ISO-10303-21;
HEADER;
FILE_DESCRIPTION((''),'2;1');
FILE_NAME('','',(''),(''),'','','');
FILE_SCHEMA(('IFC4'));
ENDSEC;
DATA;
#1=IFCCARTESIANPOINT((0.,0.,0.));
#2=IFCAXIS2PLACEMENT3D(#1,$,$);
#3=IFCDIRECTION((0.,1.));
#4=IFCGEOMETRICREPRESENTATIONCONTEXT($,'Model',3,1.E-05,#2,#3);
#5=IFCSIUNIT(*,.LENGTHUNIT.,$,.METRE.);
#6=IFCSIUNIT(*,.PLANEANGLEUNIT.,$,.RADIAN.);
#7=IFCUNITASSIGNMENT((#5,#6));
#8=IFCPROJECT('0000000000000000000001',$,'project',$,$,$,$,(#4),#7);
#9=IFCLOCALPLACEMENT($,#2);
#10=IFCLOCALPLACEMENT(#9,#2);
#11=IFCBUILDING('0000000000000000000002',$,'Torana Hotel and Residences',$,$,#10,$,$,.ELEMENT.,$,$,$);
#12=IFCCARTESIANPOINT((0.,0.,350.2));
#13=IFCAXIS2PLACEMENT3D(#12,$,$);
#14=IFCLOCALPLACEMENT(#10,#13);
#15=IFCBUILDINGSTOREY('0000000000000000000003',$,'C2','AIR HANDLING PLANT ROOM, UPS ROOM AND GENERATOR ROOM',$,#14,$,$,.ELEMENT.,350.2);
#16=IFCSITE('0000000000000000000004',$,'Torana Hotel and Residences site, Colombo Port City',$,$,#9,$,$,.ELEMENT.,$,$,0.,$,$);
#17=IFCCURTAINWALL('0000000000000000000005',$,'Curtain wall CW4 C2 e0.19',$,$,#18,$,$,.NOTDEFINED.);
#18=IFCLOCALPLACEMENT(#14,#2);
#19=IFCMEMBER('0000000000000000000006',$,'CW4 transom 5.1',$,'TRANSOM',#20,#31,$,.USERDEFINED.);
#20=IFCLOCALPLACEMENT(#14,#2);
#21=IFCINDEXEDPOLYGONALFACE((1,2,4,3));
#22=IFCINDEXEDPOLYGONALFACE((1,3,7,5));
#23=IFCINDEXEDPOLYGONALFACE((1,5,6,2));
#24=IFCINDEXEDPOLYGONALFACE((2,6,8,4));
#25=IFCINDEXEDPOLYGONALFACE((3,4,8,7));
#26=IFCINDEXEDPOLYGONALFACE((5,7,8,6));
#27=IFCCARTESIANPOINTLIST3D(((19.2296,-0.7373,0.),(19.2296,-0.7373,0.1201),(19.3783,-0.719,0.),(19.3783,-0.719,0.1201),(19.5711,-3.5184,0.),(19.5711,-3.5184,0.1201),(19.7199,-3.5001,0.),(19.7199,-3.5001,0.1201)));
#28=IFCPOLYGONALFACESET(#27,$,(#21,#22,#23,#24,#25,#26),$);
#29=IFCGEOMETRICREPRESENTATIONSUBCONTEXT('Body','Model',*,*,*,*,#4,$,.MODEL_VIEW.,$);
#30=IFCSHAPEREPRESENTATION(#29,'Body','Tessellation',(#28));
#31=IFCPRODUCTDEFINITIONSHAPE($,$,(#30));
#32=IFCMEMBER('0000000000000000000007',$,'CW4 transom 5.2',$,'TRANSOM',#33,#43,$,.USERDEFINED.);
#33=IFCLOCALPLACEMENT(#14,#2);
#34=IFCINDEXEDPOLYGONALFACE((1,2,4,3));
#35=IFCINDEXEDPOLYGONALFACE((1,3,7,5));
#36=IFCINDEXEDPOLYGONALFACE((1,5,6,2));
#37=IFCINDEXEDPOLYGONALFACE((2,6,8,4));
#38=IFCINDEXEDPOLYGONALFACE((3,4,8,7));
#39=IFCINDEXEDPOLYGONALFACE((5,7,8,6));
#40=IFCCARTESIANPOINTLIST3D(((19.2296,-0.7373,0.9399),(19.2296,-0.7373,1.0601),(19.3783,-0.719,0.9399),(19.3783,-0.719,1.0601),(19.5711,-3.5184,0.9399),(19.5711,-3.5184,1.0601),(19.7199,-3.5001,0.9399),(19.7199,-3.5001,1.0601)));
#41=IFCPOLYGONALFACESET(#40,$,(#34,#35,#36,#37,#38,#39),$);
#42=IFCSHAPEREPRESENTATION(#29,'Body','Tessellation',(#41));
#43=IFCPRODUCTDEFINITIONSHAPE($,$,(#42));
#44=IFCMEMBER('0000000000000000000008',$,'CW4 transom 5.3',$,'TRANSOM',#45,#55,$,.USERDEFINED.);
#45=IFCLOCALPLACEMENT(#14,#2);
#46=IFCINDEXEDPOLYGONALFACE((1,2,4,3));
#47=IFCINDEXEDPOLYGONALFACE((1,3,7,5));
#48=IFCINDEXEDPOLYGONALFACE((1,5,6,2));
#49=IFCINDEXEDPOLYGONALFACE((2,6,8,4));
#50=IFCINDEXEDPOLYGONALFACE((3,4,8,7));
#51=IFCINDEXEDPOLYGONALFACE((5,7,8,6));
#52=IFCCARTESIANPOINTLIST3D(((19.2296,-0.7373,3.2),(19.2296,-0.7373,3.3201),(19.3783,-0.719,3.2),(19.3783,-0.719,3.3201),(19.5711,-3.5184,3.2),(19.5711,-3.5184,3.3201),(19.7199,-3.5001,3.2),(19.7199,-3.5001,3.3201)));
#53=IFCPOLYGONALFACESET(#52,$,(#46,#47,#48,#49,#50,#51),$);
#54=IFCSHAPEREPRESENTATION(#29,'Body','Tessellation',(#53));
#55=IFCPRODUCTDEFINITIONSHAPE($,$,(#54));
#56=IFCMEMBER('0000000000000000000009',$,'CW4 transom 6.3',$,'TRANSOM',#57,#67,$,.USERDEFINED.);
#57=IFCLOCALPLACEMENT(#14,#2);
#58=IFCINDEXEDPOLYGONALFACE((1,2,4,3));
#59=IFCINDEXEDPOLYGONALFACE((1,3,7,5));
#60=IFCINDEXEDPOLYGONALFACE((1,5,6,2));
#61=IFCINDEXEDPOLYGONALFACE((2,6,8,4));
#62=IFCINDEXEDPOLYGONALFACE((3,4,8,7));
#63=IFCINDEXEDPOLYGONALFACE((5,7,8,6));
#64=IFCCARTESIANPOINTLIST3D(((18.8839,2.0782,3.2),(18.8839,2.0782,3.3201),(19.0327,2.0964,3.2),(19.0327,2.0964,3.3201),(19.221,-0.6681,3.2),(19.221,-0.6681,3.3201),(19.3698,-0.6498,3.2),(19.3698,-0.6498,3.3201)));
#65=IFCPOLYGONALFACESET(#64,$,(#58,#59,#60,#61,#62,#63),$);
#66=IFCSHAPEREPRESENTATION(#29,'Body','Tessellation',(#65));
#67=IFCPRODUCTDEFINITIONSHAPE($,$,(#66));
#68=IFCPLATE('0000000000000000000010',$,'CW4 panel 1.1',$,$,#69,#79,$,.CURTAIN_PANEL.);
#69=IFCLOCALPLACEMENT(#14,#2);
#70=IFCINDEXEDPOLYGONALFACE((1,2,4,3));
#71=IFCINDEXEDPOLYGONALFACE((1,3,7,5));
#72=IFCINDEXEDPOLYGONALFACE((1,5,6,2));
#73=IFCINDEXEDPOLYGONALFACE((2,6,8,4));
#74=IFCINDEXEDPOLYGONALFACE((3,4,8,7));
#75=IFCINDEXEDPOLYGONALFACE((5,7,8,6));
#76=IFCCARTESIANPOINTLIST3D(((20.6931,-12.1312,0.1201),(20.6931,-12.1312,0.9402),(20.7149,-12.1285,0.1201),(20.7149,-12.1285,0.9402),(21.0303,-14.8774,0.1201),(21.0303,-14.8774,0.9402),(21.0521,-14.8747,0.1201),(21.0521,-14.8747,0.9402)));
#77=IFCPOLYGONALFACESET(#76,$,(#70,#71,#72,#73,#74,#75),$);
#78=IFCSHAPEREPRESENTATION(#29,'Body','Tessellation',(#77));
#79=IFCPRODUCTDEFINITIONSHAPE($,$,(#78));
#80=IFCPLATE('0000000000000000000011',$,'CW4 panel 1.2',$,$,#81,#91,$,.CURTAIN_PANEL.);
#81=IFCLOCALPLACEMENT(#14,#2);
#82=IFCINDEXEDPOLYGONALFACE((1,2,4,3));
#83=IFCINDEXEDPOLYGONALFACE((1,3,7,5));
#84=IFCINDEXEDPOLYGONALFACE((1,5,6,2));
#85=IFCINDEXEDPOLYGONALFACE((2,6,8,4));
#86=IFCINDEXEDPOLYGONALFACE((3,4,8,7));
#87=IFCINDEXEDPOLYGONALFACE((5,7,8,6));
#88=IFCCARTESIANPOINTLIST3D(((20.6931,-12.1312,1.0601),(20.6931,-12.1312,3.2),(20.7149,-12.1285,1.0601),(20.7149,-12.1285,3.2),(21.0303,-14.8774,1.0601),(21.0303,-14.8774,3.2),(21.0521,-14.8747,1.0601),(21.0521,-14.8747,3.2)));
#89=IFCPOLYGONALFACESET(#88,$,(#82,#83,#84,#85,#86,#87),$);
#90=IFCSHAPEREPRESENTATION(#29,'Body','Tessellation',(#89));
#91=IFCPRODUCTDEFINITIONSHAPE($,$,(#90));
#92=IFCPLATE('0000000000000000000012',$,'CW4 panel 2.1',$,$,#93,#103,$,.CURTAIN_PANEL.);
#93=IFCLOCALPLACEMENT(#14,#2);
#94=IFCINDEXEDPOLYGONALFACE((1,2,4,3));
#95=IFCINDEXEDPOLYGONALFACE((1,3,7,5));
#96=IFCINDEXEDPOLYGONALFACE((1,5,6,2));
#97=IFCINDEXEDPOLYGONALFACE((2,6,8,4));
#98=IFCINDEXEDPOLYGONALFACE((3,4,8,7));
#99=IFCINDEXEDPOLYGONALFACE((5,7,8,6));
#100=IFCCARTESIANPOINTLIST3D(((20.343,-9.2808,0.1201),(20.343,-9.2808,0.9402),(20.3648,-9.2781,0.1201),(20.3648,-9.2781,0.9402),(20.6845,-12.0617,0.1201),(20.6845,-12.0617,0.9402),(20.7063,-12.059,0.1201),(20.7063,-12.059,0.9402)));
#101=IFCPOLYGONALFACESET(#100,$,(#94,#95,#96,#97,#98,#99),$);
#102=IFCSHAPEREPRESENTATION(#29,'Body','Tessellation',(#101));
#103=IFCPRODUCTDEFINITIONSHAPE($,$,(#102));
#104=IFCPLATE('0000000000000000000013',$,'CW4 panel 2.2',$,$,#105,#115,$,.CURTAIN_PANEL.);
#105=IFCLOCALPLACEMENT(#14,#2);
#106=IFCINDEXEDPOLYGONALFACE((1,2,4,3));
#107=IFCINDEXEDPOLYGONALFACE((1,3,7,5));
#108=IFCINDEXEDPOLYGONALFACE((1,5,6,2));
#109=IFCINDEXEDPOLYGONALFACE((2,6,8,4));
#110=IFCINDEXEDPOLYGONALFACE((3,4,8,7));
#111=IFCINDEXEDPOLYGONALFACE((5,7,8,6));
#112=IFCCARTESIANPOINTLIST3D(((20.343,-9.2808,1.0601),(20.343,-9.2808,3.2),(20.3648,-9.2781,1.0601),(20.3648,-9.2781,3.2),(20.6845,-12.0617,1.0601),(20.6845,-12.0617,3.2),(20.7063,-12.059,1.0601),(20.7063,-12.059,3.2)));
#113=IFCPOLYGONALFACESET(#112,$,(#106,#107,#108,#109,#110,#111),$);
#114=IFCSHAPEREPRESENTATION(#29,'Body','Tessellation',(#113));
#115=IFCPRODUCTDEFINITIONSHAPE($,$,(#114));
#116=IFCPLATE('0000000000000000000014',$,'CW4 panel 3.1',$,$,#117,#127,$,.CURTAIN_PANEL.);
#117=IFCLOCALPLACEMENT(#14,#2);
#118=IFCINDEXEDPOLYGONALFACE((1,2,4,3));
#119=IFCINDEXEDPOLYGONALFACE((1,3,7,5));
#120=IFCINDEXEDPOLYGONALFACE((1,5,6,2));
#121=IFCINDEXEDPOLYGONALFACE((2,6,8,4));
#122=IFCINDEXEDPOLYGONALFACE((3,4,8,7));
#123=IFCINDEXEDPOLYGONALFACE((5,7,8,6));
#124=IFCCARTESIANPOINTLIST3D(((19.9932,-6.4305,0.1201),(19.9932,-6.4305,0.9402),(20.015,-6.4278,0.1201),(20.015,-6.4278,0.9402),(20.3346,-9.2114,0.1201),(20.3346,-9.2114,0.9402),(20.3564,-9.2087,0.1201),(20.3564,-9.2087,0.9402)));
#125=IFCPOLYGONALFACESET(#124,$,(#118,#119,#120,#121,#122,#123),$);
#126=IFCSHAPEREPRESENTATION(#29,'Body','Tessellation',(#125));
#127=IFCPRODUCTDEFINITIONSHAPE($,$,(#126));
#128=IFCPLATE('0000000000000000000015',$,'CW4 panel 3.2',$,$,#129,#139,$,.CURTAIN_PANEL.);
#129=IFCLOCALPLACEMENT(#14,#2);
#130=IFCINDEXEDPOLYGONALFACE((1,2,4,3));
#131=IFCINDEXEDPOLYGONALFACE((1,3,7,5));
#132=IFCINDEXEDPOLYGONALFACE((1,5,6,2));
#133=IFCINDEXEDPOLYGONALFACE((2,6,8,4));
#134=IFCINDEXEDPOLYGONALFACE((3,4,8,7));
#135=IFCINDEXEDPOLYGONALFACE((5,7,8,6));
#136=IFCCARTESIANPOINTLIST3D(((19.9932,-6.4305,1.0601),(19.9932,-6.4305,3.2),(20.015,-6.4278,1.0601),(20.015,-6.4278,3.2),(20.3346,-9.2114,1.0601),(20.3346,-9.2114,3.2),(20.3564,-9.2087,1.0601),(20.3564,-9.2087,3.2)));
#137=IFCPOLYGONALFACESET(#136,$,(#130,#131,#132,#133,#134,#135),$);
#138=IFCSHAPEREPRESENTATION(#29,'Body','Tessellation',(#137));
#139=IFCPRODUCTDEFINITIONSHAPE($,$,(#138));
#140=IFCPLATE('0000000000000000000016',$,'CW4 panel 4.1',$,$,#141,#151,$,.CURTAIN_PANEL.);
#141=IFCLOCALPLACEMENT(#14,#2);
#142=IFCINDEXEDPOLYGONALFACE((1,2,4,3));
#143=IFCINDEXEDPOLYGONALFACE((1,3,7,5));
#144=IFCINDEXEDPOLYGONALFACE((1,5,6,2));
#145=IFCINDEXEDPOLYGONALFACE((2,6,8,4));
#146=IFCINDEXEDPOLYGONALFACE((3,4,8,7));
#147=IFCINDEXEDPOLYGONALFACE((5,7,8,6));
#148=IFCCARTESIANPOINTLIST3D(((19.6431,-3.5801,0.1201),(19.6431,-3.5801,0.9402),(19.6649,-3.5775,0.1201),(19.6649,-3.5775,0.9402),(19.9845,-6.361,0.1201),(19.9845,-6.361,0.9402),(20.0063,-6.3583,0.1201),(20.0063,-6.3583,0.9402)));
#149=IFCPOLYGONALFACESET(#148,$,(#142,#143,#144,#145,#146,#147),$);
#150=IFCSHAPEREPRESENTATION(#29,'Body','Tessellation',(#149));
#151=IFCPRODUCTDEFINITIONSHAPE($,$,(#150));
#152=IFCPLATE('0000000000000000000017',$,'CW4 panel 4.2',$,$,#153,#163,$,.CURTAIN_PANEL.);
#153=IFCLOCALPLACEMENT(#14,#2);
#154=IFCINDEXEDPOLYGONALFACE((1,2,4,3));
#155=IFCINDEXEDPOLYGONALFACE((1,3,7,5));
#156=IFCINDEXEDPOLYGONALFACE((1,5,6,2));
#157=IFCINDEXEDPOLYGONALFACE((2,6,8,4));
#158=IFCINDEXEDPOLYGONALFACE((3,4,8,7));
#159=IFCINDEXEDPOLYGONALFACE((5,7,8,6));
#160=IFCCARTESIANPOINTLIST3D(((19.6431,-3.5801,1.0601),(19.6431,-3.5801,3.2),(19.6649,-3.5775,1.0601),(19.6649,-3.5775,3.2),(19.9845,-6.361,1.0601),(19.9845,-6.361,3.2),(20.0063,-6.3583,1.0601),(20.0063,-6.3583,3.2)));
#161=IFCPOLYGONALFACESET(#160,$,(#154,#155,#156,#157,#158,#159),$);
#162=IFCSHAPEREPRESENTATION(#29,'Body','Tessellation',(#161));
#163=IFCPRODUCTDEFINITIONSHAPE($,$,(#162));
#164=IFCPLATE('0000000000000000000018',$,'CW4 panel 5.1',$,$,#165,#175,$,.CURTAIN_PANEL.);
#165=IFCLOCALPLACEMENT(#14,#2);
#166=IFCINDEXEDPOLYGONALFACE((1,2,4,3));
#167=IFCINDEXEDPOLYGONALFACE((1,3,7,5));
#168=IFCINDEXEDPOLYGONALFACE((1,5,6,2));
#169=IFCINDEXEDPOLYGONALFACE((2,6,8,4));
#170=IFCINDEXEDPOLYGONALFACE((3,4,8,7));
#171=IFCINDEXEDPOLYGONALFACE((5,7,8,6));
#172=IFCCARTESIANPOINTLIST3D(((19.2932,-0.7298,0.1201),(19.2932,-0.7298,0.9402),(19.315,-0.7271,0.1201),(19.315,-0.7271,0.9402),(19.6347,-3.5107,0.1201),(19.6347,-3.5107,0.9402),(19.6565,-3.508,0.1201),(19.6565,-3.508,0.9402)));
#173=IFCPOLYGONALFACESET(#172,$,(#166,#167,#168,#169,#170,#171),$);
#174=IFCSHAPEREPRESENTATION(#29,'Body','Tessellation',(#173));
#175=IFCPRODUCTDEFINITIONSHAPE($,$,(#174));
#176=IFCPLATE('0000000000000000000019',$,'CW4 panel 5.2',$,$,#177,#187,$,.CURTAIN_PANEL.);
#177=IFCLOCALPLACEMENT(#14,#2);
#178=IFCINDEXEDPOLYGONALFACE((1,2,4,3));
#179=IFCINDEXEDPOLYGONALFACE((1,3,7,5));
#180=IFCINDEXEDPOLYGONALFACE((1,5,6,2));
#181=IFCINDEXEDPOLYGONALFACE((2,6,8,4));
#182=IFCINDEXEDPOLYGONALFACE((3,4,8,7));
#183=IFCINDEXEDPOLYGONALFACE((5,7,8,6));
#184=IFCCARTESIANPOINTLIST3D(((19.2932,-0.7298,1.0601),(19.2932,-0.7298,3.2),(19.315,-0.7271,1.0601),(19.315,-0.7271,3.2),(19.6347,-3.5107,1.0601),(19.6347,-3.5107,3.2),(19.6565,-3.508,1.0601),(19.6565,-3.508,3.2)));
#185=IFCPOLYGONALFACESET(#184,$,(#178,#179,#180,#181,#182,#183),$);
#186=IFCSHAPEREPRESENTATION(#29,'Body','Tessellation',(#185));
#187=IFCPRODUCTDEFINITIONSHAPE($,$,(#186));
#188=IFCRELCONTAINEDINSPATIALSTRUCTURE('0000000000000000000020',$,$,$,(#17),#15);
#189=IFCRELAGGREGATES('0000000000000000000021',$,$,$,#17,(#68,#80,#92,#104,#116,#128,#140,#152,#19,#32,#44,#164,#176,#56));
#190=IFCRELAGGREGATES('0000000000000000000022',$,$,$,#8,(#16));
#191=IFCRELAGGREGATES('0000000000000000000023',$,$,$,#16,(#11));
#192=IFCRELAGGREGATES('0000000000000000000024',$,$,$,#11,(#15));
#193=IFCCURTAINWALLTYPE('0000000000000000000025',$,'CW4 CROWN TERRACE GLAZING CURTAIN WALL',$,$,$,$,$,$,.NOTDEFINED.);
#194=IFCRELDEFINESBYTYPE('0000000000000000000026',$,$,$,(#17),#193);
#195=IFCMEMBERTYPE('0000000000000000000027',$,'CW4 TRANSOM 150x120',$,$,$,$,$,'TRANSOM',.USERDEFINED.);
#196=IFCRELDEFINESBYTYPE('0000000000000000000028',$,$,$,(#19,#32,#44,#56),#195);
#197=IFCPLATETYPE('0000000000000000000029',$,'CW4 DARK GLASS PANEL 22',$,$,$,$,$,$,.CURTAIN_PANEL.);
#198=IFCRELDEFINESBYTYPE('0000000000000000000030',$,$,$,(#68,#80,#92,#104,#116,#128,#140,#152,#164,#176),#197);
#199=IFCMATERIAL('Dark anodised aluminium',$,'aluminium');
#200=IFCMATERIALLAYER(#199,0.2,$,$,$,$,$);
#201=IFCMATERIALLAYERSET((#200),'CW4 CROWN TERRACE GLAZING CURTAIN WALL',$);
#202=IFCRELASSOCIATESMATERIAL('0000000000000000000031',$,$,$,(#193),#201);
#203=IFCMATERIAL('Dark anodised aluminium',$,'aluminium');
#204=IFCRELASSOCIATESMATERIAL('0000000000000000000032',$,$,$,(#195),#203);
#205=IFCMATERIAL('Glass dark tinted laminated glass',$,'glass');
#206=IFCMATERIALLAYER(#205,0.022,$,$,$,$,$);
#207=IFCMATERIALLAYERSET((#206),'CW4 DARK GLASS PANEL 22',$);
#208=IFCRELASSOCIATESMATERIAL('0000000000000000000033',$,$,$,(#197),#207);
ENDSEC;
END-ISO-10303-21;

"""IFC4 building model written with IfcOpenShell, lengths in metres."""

from ifc_helpers import new_model, si_unit, direction, frame, origin, origin_2d, place, context, subcontext, project, spatial, rectangle, extrude, material, layer, layer_set, material_profile, profile_set, type_object, element, aggregate, save


model = new_model("IFC4")

# Units and contexts
model_context = context("Model", 3, precision=1e-05, world=origin(), true_north=direction((0.0, 1.0)))
body_context = subcontext(model_context, "Body", "Model", "MODEL_VIEW")
ifc_project = project(units=[si_unit("LENGTHUNIT", "METRE"), si_unit("PLANEANGLEUNIT", "RADIAN")], contexts=[model_context])

# Site, building, storey
site_placement = place(None, origin())
site = spatial("IfcSite", under=ifc_project, at=site_placement, Name="Torana Hotel and Residences site, Colombo Port City", CompositionType="ELEMENT", RefElevation=0.0)
building_placement = place(site_placement, origin())
building = spatial("IfcBuilding", under=site, at=building_placement, Name="Torana Hotel and Residences", CompositionType="ELEMENT")
storey_placement = place(building_placement, frame((0.0, 0.0, 350.2)))
storey = spatial("IfcBuildingStorey", under=building, at=storey_placement, Name="C2", Description="AIR HANDLING PLANT ROOM, UPS ROOM AND GENERATOR ROOM", CompositionType="ELEMENT", Elevation=350.2)

# Curtain wall, members, plates
ifc_material_1 = material(Name="Dark anodised aluminium", Category="aluminium")
ifc_layer_1 = layer(ifc_material_1, 0.2)
ifc_layer_set_1 = layer_set([ifc_layer_1], Name="CW4 CROWN TERRACE GLAZING CURTAIN WALL")
curtain_wall_type = type_object("IfcCurtainWallType", Name="CW4 CROWN TERRACE GLAZING CURTAIN WALL", PredefinedType="NOTDEFINED", material=ifc_layer_set_1)
curtain_wall_placement = place(storey_placement, origin())
curtain_wall = element("IfcCurtainWall", 1, at=curtain_wall_placement, inside=storey, type_object=curtain_wall_type, Name="Curtain wall CW4 C2 e0.19", PredefinedType="NOTDEFINED")
ifc_material_2 = material(Name="Dark anodised aluminium", Category="aluminium")
ifc_material_profile_1 = material_profile(ifc_material_2, rectangle(XDim=0.1499, YDim=0.1201, at=origin_2d()), Name="CW4 TRANSOM 150x120")
ifc_profile_set_1 = profile_set([ifc_material_profile_1], Name="Dark anodised aluminium")
member_type_1 = type_object("IfcMemberType", Name="CW4 TRANSOM 150x120", ElementType="TRANSOM", PredefinedType="USERDEFINED", material=ifc_profile_set_1)
member_1_placement = place(storey_placement, frame((19.6455, -3.5093, 0.0601), z_axis=(-0.1219, 0.992542, 0.0), x_axis=(-0.992542, -0.1219, 0.0)))
member_1 = element("IfcMember", 2, at=member_1_placement, type_object=member_type_1, Name="CW4 transom 5.1", ObjectType="TRANSOM", PredefinedType="USERDEFINED", context=body_context, shape_type="SweptSolid", body=[
    extrude(rectangle(XDim=0.1499, YDim=0.1201, at=origin_2d()), origin(), (0.0, 0.0, 1.0), 2.802),
])
member_2_placement = place(storey_placement, frame((19.6455, -3.5093, 1.0), z_axis=(-0.1219, 0.992542, 0.0), x_axis=(-0.992542, -0.1219, 0.0)))
member_2 = element("IfcMember", 3, at=member_2_placement, type_object=member_type_1, Name="CW4 transom 5.2", ObjectType="TRANSOM", PredefinedType="USERDEFINED", context=body_context, shape_type="SweptSolid", body=[
    extrude(rectangle(XDim=0.1499, YDim=0.1201, at=origin_2d()), origin(), (0.0, 0.0, 1.0), 2.802),
])
member_3_placement = place(storey_placement, frame((19.6455, -3.5093, 3.26), z_axis=(-0.1219, 0.992542, 0.0), x_axis=(-0.992542, -0.1219, 0.0)))
member_3 = element("IfcMember", 4, at=member_3_placement, type_object=member_type_1, Name="CW4 transom 5.3", ObjectType="TRANSOM", PredefinedType="USERDEFINED", context=body_context, shape_type="SweptSolid", body=[
    extrude(rectangle(XDim=0.1499, YDim=0.1201, at=origin_2d()), origin(), (0.0, 0.0, 1.0), 2.802),
])
member_4_placement = place(storey_placement, frame((19.2954, -0.6589, 3.26), z_axis=(-0.121852, 0.992548, 0.0), x_axis=(-0.992548, -0.121852, 0.0)))
member_4 = element("IfcMember", 5, at=member_4_placement, type_object=member_type_1, Name="CW4 transom 6.3", ObjectType="TRANSOM", PredefinedType="USERDEFINED", context=body_context, shape_type="SweptSolid", body=[
    extrude(rectangle(XDim=0.1499, YDim=0.1201, at=origin_2d()), origin(), (0.0, 0.0, 1.0), 2.7668),
])
ifc_material_3 = material(Name="Glass dark tinted laminated glass", Category="glass")
ifc_layer_2 = layer(ifc_material_3, 0.022)
ifc_layer_set_2 = layer_set([ifc_layer_2], Name="CW4 DARK GLASS PANEL 22")
plate_type = type_object("IfcPlateType", Name="CW4 DARK GLASS PANEL 22", PredefinedType="CURTAIN_PANEL", material=ifc_layer_set_2)
plate_1_placement = place(storey_placement, frame((20.8726, -13.5029, 0.1201), z_axis=(0.0, 0.0, 1.0), x_axis=(-0.121869, 0.992546, 0.0)))
plate_1 = element("IfcPlate", 6, at=plate_1_placement, type_object=plate_type, Name="CW4 panel 1.1", PredefinedType="CURTAIN_PANEL", context=body_context, shape_type="SweptSolid", body=[
    extrude(rectangle(XDim=2.7668, YDim=0.022, at=origin_2d()), origin(), (0.0, 0.0, 1.0), 0.8201),
])
plate_2_placement = place(storey_placement, frame((20.8726, -13.5029, 1.0601), z_axis=(0.0, 0.0, 1.0), x_axis=(-0.121869, 0.992546, 0.0)))
plate_2 = element("IfcPlate", 7, at=plate_2_placement, type_object=plate_type, Name="CW4 panel 1.2", PredefinedType="CURTAIN_PANEL", context=body_context, shape_type="SweptSolid", body=[
    extrude(rectangle(XDim=2.7668, YDim=0.022, at=origin_2d()), origin(), (0.0, 0.0, 1.0), 2.1399),
])
plate_3_placement = place(storey_placement, frame((20.5247, -10.6699, 0.1201), z_axis=(0.0, 0.0, 1.0), x_axis=(-0.121869, 0.992546, 0.0)))
plate_3 = element("IfcPlate", 8, at=plate_3_placement, type_object=plate_type, Name="CW4 panel 2.1", PredefinedType="CURTAIN_PANEL", context=body_context, shape_type="SweptSolid", body=[
    extrude(rectangle(XDim=2.8018, YDim=0.022, at=origin_2d()), origin(), (0.0, 0.0, 1.0), 0.8201),
])
plate_4_placement = place(storey_placement, frame((20.5247, -10.6699, 1.0601), z_axis=(0.0, 0.0, 1.0), x_axis=(-0.121869, 0.992546, 0.0)))
plate_4 = element("IfcPlate", 9, at=plate_4_placement, type_object=plate_type, Name="CW4 panel 2.2", PredefinedType="CURTAIN_PANEL", context=body_context, shape_type="SweptSolid", body=[
    extrude(rectangle(XDim=2.8018, YDim=0.022, at=origin_2d()), origin(), (0.0, 0.0, 1.0), 2.1399),
])
plate_5_placement = place(storey_placement, frame((20.1748, -7.8196, 0.1201), z_axis=(0.0, 0.0, 1.0), x_axis=(-0.121869, 0.992546, 0.0)))
plate_5 = element("IfcPlate", 10, at=plate_5_placement, type_object=plate_type, Name="CW4 panel 3.1", PredefinedType="CURTAIN_PANEL", context=body_context, shape_type="SweptSolid", body=[
    extrude(rectangle(XDim=2.8018, YDim=0.022, at=origin_2d()), origin(), (0.0, 0.0, 1.0), 0.8201),
])
plate_6_placement = place(storey_placement, frame((20.1748, -7.8196, 1.0601), z_axis=(0.0, 0.0, 1.0), x_axis=(-0.121869, 0.992546, 0.0)))
plate_6 = element("IfcPlate", 11, at=plate_6_placement, type_object=plate_type, Name="CW4 panel 3.2", PredefinedType="CURTAIN_PANEL", context=body_context, shape_type="SweptSolid", body=[
    extrude(rectangle(XDim=2.8018, YDim=0.022, at=origin_2d()), origin(), (0.0, 0.0, 1.0), 2.1399),
])
plate_7_placement = place(storey_placement, frame((19.8247, -4.9692, 0.1201), z_axis=(0.0, 0.0, 1.0), x_axis=(-0.121869, 0.992546, 0.0)))
plate_7 = element("IfcPlate", 12, at=plate_7_placement, type_object=plate_type, Name="CW4 panel 4.1", PredefinedType="CURTAIN_PANEL", context=body_context, shape_type="SweptSolid", body=[
    extrude(rectangle(XDim=2.8018, YDim=0.022, at=origin_2d()), origin(), (0.0, 0.0, 1.0), 0.8201),
])
plate_8_placement = place(storey_placement, frame((19.8247, -4.9692, 1.0601), z_axis=(0.0, 0.0, 1.0), x_axis=(-0.121869, 0.992546, 0.0)))
plate_8 = element("IfcPlate", 13, at=plate_8_placement, type_object=plate_type, Name="CW4 panel 4.2", PredefinedType="CURTAIN_PANEL", context=body_context, shape_type="SweptSolid", body=[
    extrude(rectangle(XDim=2.8018, YDim=0.022, at=origin_2d()), origin(), (0.0, 0.0, 1.0), 2.1399),
])
plate_9_placement = place(storey_placement, frame((19.4749, -2.1189, 0.1201), z_axis=(0.0, 0.0, 1.0), x_axis=(-0.121869, 0.992546, 0.0)))
plate_9 = element("IfcPlate", 14, at=plate_9_placement, type_object=plate_type, Name="CW4 panel 5.1", PredefinedType="CURTAIN_PANEL", context=body_context, shape_type="SweptSolid", body=[
    extrude(rectangle(XDim=2.8018, YDim=0.022, at=origin_2d()), origin(), (0.0, 0.0, 1.0), 0.8201),
])
plate_10_placement = place(storey_placement, frame((19.4749, -2.1189, 1.0601), z_axis=(0.0, 0.0, 1.0), x_axis=(-0.121869, 0.992546, 0.0)))
plate_10 = element("IfcPlate", 15, at=plate_10_placement, type_object=plate_type, Name="CW4 panel 5.2", PredefinedType="CURTAIN_PANEL", context=body_context, shape_type="SweptSolid", body=[
    extrude(rectangle(XDim=2.8018, YDim=0.022, at=origin_2d()), origin(), (0.0, 0.0, 1.0), 2.1399),
])
aggregate(curtain_wall, [plate_1, plate_2, plate_3, plate_4, plate_5, plate_6, plate_7, plate_8, member_1, member_2, member_3, plate_9, plate_10, member_4])

save(model, "model.ifc")
